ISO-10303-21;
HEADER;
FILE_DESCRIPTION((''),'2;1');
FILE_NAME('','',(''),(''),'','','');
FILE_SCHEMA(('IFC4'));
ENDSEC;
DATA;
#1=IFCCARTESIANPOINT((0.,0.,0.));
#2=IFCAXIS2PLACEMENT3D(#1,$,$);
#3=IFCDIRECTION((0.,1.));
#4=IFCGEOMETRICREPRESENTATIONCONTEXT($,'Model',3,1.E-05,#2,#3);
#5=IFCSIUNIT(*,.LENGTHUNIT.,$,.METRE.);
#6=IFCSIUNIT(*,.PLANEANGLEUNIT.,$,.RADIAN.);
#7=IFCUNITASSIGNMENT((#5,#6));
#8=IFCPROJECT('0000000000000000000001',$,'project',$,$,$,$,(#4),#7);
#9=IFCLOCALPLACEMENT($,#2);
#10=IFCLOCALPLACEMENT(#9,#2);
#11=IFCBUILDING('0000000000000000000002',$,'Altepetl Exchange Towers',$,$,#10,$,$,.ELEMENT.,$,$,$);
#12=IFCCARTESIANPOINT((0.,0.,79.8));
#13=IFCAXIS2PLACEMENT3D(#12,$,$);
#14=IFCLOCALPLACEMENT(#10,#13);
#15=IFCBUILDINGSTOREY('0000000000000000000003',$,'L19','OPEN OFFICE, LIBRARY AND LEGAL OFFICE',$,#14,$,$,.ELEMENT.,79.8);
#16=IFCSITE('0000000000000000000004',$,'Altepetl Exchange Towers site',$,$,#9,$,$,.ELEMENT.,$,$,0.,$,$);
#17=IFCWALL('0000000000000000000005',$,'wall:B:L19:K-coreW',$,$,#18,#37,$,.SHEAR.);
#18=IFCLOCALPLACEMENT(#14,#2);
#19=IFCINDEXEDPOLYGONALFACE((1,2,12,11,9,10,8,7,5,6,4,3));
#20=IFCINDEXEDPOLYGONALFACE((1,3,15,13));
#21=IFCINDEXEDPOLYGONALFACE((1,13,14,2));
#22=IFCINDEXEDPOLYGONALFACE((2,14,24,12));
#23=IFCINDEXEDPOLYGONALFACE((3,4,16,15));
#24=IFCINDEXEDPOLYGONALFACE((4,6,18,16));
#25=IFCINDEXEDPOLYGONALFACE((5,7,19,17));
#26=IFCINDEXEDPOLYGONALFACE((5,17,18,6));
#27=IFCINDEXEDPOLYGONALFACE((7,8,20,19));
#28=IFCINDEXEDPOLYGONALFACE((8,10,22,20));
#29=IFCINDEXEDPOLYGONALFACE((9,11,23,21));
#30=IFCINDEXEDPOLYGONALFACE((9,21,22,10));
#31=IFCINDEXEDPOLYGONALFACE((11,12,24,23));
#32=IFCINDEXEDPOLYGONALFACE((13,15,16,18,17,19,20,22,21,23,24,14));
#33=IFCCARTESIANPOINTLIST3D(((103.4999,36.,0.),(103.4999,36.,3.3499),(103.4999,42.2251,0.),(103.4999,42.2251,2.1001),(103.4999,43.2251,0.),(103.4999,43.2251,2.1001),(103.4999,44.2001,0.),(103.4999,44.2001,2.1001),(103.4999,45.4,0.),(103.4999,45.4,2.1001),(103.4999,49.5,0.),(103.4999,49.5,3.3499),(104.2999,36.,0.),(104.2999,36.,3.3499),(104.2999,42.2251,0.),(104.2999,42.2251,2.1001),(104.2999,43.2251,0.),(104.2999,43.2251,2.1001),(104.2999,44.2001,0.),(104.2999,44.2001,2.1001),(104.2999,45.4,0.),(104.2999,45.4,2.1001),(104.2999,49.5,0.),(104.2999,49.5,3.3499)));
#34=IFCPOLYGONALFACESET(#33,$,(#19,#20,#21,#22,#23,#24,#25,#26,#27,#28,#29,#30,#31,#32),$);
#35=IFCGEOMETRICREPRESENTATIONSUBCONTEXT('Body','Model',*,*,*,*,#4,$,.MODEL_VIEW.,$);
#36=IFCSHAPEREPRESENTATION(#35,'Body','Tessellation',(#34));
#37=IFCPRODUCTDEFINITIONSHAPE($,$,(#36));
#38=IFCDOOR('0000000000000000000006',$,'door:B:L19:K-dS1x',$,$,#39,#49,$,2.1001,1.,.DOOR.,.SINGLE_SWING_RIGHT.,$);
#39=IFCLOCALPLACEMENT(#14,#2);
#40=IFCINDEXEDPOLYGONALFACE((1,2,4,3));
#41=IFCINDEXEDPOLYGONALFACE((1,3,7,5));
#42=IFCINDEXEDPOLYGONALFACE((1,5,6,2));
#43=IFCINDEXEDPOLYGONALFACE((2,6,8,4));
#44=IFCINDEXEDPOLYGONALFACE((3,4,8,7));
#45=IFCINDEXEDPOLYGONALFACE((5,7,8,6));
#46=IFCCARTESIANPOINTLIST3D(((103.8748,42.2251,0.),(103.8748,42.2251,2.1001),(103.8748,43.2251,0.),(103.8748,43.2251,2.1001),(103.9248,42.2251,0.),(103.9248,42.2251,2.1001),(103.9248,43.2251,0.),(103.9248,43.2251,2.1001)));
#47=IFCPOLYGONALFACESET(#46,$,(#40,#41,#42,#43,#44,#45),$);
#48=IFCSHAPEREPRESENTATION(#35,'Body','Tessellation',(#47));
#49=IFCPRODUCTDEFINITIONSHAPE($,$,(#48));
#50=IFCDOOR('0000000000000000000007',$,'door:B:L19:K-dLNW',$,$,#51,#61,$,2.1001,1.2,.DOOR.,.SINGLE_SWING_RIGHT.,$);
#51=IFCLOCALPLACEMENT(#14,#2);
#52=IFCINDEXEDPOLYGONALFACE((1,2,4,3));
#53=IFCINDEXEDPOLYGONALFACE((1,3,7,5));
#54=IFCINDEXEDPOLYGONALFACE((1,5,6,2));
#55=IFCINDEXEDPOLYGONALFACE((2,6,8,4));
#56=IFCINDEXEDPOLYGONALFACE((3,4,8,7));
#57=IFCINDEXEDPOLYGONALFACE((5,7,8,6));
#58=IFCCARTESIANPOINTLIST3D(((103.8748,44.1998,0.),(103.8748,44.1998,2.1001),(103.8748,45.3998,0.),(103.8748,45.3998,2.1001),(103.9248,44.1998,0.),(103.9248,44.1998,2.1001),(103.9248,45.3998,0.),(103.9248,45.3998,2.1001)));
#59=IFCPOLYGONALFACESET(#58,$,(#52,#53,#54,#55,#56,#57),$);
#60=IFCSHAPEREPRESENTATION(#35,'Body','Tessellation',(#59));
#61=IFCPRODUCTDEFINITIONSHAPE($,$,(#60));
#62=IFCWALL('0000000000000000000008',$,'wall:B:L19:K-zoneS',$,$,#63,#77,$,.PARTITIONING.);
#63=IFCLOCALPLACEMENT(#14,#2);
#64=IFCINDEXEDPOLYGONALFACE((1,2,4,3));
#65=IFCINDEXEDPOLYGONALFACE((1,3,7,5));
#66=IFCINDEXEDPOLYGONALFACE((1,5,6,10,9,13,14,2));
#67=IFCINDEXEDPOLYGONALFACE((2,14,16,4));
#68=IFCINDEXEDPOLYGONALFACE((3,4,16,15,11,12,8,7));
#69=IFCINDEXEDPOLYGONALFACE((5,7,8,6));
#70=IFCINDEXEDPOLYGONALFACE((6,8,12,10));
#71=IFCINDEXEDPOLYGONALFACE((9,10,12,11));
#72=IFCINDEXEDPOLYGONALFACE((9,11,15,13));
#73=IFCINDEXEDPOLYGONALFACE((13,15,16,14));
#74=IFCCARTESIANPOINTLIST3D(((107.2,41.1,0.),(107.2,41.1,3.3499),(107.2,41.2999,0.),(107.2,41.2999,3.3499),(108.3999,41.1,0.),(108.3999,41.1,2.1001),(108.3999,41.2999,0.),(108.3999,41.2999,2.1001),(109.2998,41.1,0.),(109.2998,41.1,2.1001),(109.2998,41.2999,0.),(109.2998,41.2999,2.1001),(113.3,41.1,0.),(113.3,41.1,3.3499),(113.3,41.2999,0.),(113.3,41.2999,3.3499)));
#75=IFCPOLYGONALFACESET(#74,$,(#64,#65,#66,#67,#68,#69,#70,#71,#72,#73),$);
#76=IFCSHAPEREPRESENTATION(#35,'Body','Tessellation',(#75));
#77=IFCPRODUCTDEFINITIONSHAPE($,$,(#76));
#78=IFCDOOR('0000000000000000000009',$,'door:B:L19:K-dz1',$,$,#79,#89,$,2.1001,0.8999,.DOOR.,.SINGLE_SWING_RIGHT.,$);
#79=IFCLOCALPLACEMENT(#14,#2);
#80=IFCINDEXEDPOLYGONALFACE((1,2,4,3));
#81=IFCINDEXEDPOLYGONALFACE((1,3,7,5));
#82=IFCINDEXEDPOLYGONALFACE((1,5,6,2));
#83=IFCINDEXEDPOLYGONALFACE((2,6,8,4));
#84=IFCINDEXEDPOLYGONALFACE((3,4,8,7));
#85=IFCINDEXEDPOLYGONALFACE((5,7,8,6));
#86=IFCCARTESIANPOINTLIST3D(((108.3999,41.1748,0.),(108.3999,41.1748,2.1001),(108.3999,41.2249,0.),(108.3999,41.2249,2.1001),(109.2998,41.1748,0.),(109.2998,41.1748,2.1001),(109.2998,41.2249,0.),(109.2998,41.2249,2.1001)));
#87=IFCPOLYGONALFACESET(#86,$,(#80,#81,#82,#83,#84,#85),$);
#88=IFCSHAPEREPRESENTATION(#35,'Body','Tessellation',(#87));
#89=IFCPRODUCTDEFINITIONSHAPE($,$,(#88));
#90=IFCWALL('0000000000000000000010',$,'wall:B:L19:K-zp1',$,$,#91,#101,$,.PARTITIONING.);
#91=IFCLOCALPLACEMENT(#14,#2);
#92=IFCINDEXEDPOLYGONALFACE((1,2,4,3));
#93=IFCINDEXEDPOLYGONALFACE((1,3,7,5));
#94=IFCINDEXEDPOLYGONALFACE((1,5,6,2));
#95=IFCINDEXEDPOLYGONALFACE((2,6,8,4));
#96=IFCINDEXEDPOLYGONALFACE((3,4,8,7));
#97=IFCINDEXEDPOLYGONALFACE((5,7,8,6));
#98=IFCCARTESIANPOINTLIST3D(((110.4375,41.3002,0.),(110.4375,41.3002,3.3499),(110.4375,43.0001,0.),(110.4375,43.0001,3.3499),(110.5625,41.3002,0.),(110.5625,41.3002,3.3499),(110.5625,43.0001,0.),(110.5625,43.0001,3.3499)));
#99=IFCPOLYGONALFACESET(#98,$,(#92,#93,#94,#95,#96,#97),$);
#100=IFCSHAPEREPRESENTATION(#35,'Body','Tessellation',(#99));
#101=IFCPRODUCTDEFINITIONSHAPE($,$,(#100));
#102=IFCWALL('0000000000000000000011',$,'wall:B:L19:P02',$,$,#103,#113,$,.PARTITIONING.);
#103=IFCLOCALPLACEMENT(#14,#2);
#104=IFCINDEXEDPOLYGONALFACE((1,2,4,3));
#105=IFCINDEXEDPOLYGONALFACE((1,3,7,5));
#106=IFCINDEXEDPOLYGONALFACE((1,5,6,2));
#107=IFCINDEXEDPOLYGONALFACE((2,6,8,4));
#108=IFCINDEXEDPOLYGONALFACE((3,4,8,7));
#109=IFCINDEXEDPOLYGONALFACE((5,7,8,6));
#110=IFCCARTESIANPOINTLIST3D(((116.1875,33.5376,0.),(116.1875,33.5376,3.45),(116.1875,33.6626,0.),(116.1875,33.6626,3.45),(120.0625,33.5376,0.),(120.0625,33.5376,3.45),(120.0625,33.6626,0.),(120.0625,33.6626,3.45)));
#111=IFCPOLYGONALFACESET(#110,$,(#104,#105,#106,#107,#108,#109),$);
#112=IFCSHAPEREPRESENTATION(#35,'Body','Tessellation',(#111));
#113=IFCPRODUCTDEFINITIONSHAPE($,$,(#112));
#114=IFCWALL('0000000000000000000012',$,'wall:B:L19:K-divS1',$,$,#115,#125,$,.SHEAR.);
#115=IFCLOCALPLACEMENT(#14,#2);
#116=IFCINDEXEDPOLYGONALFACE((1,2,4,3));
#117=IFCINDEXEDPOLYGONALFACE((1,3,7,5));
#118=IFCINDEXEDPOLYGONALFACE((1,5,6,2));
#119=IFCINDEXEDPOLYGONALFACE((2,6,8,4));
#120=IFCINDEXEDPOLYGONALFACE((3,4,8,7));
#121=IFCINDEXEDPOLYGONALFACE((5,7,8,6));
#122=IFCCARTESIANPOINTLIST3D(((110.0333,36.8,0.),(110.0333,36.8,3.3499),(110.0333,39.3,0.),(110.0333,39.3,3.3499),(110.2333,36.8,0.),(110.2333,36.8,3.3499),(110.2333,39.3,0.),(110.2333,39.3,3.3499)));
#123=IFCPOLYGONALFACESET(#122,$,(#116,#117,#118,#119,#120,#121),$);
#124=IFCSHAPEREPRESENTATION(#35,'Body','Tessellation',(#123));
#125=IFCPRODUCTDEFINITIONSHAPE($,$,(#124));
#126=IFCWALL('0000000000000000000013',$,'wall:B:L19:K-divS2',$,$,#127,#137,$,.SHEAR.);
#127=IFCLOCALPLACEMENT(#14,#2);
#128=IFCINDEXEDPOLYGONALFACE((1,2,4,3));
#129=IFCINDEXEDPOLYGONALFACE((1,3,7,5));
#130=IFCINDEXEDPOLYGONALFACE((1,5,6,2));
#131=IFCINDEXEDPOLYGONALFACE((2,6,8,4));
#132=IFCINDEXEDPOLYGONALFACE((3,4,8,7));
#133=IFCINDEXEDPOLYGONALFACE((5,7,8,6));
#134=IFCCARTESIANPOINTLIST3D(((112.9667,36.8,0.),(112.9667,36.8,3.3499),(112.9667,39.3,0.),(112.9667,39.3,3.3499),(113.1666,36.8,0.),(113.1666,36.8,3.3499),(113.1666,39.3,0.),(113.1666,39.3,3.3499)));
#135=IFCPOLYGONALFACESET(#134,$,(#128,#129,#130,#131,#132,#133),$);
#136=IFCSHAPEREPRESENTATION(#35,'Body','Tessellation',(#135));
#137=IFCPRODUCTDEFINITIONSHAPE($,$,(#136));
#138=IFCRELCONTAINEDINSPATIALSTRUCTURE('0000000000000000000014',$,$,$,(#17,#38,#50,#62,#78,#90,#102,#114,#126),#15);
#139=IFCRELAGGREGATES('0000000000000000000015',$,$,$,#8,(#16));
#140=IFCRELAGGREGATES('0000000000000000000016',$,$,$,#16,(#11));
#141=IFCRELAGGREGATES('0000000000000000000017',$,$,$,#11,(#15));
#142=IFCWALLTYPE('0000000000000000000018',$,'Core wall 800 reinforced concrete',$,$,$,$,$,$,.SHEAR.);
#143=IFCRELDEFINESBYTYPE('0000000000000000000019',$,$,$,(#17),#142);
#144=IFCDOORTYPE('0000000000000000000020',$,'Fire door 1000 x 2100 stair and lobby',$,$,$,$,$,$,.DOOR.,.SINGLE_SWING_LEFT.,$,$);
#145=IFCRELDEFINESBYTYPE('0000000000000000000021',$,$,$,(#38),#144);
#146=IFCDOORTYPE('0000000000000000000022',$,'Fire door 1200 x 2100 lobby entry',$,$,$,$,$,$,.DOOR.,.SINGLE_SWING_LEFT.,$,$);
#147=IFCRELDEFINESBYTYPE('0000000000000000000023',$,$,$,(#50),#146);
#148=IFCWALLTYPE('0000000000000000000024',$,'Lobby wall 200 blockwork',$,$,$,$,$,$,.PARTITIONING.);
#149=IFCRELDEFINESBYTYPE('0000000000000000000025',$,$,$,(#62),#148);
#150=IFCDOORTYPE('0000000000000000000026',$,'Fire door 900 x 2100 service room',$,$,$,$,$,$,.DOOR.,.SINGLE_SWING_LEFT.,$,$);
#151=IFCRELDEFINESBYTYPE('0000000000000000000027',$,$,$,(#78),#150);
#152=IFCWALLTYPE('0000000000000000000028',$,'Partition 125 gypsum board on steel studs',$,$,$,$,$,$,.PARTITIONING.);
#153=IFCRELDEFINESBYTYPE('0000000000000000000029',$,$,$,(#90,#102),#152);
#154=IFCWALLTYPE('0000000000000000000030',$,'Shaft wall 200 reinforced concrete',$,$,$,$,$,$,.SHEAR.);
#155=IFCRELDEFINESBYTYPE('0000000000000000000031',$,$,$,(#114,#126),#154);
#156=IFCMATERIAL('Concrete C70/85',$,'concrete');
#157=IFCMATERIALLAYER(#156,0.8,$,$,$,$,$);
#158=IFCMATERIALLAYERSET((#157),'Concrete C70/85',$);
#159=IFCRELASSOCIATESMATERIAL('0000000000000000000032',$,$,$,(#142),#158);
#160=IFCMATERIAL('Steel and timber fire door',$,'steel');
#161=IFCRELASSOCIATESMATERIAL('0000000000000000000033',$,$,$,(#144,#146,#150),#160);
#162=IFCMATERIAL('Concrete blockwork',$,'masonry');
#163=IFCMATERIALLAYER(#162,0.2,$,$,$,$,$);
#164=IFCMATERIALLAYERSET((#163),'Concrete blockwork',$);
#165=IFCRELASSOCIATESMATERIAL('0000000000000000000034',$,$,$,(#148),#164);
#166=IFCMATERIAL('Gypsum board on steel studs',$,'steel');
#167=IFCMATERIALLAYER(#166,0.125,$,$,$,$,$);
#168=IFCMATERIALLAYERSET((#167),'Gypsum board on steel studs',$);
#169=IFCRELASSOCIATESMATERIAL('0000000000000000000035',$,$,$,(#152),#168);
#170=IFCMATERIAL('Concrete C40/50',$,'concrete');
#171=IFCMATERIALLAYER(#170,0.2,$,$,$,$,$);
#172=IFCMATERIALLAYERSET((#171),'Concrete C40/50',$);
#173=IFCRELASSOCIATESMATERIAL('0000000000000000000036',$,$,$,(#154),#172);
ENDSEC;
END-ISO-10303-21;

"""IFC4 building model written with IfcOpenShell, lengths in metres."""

from ifc_helpers import new_model, si_unit, direction, frame, frame_2d, origin, place, context, subcontext, project, spatial, rectangle, extrude, material, layer, layer_set, type_object, element, fill, save


model = new_model("IFC4")

# Units and contexts
model_context = context("Model", 3, precision=1e-05, world=origin(), true_north=direction((0.0, 1.0)))
body_context = subcontext(model_context, "Body", "Model", "MODEL_VIEW")
ifc_project = project(units=[si_unit("LENGTHUNIT", "METRE"), si_unit("PLANEANGLEUNIT", "RADIAN")], contexts=[model_context])

# Site, building, storey
site_placement = place(None, origin())
site = spatial("IfcSite", under=ifc_project, at=site_placement, Name="Altepetl Exchange Towers site", CompositionType="ELEMENT", RefElevation=0.0)
building_placement = place(site_placement, origin())
building = spatial("IfcBuilding", under=site, at=building_placement, Name="Altepetl Exchange Towers", CompositionType="ELEMENT")
storey_placement = place(building_placement, frame((0.0, 0.0, 79.8)))
storey = spatial("IfcBuildingStorey", under=building, at=storey_placement, Name="L19", Description="OPEN OFFICE, LIBRARY AND LEGAL OFFICE", CompositionType="ELEMENT", Elevation=79.8)

# Shared definitions
ifc_material_1 = material(Name="Concrete C70/85", Category="concrete")

# Shared definitions
ifc_layer_1 = layer(ifc_material_1, 0.8)
ifc_layer_set_1 = layer_set([ifc_layer_1], Name="Concrete C70/85")
wall_type_1 = type_object("IfcWallType", Name="Core wall 800 reinforced concrete", PredefinedType="SHEAR", material=ifc_layer_set_1)
ifc_material_2 = material(Name="Steel and timber fire door", Category="steel")
door_type_1 = type_object("IfcDoorType", Name="Fire door 1000 x 2100 stair and lobby", OperationType="SINGLE_SWING_LEFT", PredefinedType="DOOR", material=ifc_material_2)
door_type_2 = type_object("IfcDoorType", Name="Fire door 1200 x 2100 lobby entry", OperationType="SINGLE_SWING_LEFT", PredefinedType="DOOR", material=ifc_material_2)

# Wall, openings, doors
wall_1_placement = place(storey_placement, frame((103.8999, 36.0, 0.0), z_axis=(0.0, 0.0, 1.0), x_axis=(0.0, 1.0, 0.0)))
wall_1 = element("IfcWall", 1, at=wall_1_placement, inside=storey, type_object=wall_type_1, Name="wall:B:L19:K-coreW", PredefinedType="SHEAR", context=body_context, shape_type="SweptSolid", body=[
    extrude(rectangle(XDim=13.5, YDim=0.8, at=frame_2d((6.75, 0.0))), origin(), (0.0, 0.0, 1.0), 3.3499),
])
opening_1_placement = place(wall_1_placement, frame((8.2, 0.0, 0.0)))
opening_1 = element("IfcOpeningElement", 2, at=opening_1_placement, cuts=wall_1, PredefinedType="OPENING", context=body_context, shape_type="SweptSolid", body=[
    extrude(rectangle(XDim=1.2, YDim=2.1001, at=frame_2d((0.6001, 1.05))), frame((0.0, 0.4102, 0.0), z_axis=(0.0, -1.0, 0.0), x_axis=(1.0, 0.0, 0.0)), (0.0, 0.0, 1.0), 0.8201),
])
opening_2_placement = place(wall_1_placement, frame((6.2251, 0.0, 0.0)))
opening_2 = element("IfcOpeningElement", 3, at=opening_2_placement, cuts=wall_1, PredefinedType="OPENING", context=body_context, shape_type="SweptSolid", body=[
    extrude(rectangle(XDim=1.0, YDim=2.1001, at=frame_2d((0.5, 1.05))), frame((0.0, 0.4102, 0.0), z_axis=(0.0, -1.0, 0.0), x_axis=(1.0, 0.0, 0.0)), (0.0, 0.0, 1.0), 0.8201),
])
door_1_placement = place(opening_2_placement, frame((1.0, 0.0, 0.0), x_axis=(-1.0, 0.0, 0.0)))
door_1 = element("IfcDoor", 4, at=door_1_placement, inside=storey, type_object=door_type_1, Name="door:B:L19:K-dS1x", OperationType="SINGLE_SWING_RIGHT", OverallHeight=2.1001, OverallWidth=1.0, PredefinedType="DOOR", context=body_context, shape_type="SweptSolid", body=[
    extrude(rectangle(XDim=1.0, YDim=2.1001, at=frame_2d((0.5, 1.05))), frame((0.0, 0.0249, 0.0), z_axis=(0.0, -1.0, 0.0), x_axis=(1.0, 0.0, 0.0)), (0.0, 0.0, 1.0), 0.05),
])
fill(opening_2, door_1)
door_2_placement = place(opening_1_placement, frame((1.2, 0.0, 0.0), x_axis=(-1.0, 0.0, 0.0)))
door_2 = element("IfcDoor", 5, at=door_2_placement, inside=storey, type_object=door_type_2, Name="door:B:L19:K-dLNW", OperationType="SINGLE_SWING_RIGHT", OverallHeight=2.1001, OverallWidth=1.2, PredefinedType="DOOR", context=body_context, shape_type="SweptSolid", body=[
    extrude(rectangle(XDim=1.2, YDim=2.1001, at=frame_2d((0.6001, 1.05))), frame((0.0, 0.0249, 0.0), z_axis=(0.0, -1.0, 0.0), x_axis=(1.0, 0.0, 0.0)), (0.0, 0.0, 1.0), 0.05),
])
fill(opening_1, door_2)

# Wall, opening, door
ifc_material_3 = material(Name="Concrete blockwork", Category="masonry")
ifc_layer_2 = layer(ifc_material_3, 0.2)
ifc_layer_set_2 = layer_set([ifc_layer_2], Name="Concrete blockwork")
wall_type_2 = type_object("IfcWallType", Name="Lobby wall 200 blockwork", PredefinedType="PARTITIONING", material=ifc_layer_set_2)
wall_2_placement = place(storey_placement, frame((107.2, 41.2, 0.0)))
wall_2 = element("IfcWall", 6, at=wall_2_placement, inside=storey, type_object=wall_type_2, Name="wall:B:L19:K-zoneS", PredefinedType="PARTITIONING", context=body_context, shape_type="SweptSolid", body=[
    extrude(rectangle(XDim=6.1001, YDim=0.2, at=frame_2d((3.05, 0.0))), origin(), (0.0, 0.0, 1.0), 3.3499),
])
opening_3_placement = place(wall_2_placement, frame((1.2, 0.0, 0.0)))
opening_3 = element("IfcOpeningElement", 7, at=opening_3_placement, cuts=wall_2, PredefinedType="OPENING", context=body_context, shape_type="SweptSolid", body=[
    extrude(rectangle(XDim=0.8999, YDim=2.1001, at=frame_2d((0.45, 1.05))), frame((0.0, 0.1099, 0.0), z_axis=(0.0, -1.0, 0.0), x_axis=(1.0, 0.0, 0.0)), (0.0, 0.0, 1.0), 0.22),
])
door_type_3 = type_object("IfcDoorType", Name="Fire door 900 x 2100 service room", OperationType="SINGLE_SWING_LEFT", PredefinedType="DOOR", material=ifc_material_2)
door_3_placement = place(opening_3_placement, origin())
door_3 = element("IfcDoor", 8, at=door_3_placement, inside=storey, type_object=door_type_3, Name="door:B:L19:K-dz1", OperationType="SINGLE_SWING_RIGHT", OverallHeight=2.1001, OverallWidth=0.8999, PredefinedType="DOOR", context=body_context, shape_type="SweptSolid", body=[
    extrude(rectangle(XDim=0.8999, YDim=2.1001, at=frame_2d((0.45, 1.05))), frame((0.0, 0.0249, 0.0), z_axis=(0.0, -1.0, 0.0), x_axis=(1.0, 0.0, 0.0)), (0.0, 0.0, 1.0), 0.05),
])
fill(opening_3, door_3)

# Walls
ifc_material_4 = material(Name="Gypsum board on steel studs", Category="steel")
ifc_layer_3 = layer(ifc_material_4, 0.125)
ifc_layer_set_3 = layer_set([ifc_layer_3], Name="Gypsum board on steel studs")
wall_type_3 = type_object("IfcWallType", Name="Partition 125 gypsum board on steel studs", PredefinedType="PARTITIONING", material=ifc_layer_set_3)
wall_3_placement = place(storey_placement, frame((110.5, 41.3, 0.0), z_axis=(0.0, 0.0, 1.0), x_axis=(0.0, 1.0, 0.0)))
element("IfcWall", 9, at=wall_3_placement, inside=storey, type_object=wall_type_3, Name="wall:B:L19:K-zp1", PredefinedType="PARTITIONING", context=body_context, shape_type="SweptSolid", body=[
    extrude(rectangle(XDim=1.7, YDim=0.125, at=frame_2d((0.8501, 0.0))), origin(), (0.0, 0.0, 1.0), 3.3499),
])
wall_4_placement = place(storey_placement, frame((116.1875, 33.6001, 0.0)))
element("IfcWall", 10, at=wall_4_placement, inside=storey, type_object=wall_type_3, Name="wall:B:L19:P02", PredefinedType="PARTITIONING", context=body_context, shape_type="SweptSolid", body=[
    extrude(rectangle(XDim=3.875, YDim=0.125, at=frame_2d((1.9375, 0.0))), origin(), (0.0, 0.0, 1.0), 3.45),
])
ifc_material_5 = material(Name="Concrete C40/50", Category="concrete")
ifc_layer_4 = layer(ifc_material_5, 0.2)
ifc_layer_set_4 = layer_set([ifc_layer_4], Name="Concrete C40/50")
wall_type_4 = type_object("IfcWallType", Name="Shaft wall 200 reinforced concrete", PredefinedType="SHEAR", material=ifc_layer_set_4)
for number, where, z_axis, x_axis, name in (
    (11, (110.1333, 36.8, 0.0), (0.0, 0.0, 1.0), (0.0, 1.0, 0.0), "wall:B:L19:K-divS1"),
    (12, (113.0667, 36.8, 0.0), (0.0, 0.0, 1.0), (0.0, 1.0, 0.0), "wall:B:L19:K-divS2"),
):
    element("IfcWall", number, at=place(storey_placement, frame(where, z_axis=z_axis, x_axis=x_axis)), inside=storey, type_object=wall_type_4, Name=name, PredefinedType="SHEAR", context=body_context, shape_type="SweptSolid", body=[
        extrude(rectangle(XDim=2.5, YDim=0.2, at=frame_2d((1.25, 0.0))), origin(), (0.0, 0.0, 1.0), 3.3499),
    ])

save(model, "model.ifc")
